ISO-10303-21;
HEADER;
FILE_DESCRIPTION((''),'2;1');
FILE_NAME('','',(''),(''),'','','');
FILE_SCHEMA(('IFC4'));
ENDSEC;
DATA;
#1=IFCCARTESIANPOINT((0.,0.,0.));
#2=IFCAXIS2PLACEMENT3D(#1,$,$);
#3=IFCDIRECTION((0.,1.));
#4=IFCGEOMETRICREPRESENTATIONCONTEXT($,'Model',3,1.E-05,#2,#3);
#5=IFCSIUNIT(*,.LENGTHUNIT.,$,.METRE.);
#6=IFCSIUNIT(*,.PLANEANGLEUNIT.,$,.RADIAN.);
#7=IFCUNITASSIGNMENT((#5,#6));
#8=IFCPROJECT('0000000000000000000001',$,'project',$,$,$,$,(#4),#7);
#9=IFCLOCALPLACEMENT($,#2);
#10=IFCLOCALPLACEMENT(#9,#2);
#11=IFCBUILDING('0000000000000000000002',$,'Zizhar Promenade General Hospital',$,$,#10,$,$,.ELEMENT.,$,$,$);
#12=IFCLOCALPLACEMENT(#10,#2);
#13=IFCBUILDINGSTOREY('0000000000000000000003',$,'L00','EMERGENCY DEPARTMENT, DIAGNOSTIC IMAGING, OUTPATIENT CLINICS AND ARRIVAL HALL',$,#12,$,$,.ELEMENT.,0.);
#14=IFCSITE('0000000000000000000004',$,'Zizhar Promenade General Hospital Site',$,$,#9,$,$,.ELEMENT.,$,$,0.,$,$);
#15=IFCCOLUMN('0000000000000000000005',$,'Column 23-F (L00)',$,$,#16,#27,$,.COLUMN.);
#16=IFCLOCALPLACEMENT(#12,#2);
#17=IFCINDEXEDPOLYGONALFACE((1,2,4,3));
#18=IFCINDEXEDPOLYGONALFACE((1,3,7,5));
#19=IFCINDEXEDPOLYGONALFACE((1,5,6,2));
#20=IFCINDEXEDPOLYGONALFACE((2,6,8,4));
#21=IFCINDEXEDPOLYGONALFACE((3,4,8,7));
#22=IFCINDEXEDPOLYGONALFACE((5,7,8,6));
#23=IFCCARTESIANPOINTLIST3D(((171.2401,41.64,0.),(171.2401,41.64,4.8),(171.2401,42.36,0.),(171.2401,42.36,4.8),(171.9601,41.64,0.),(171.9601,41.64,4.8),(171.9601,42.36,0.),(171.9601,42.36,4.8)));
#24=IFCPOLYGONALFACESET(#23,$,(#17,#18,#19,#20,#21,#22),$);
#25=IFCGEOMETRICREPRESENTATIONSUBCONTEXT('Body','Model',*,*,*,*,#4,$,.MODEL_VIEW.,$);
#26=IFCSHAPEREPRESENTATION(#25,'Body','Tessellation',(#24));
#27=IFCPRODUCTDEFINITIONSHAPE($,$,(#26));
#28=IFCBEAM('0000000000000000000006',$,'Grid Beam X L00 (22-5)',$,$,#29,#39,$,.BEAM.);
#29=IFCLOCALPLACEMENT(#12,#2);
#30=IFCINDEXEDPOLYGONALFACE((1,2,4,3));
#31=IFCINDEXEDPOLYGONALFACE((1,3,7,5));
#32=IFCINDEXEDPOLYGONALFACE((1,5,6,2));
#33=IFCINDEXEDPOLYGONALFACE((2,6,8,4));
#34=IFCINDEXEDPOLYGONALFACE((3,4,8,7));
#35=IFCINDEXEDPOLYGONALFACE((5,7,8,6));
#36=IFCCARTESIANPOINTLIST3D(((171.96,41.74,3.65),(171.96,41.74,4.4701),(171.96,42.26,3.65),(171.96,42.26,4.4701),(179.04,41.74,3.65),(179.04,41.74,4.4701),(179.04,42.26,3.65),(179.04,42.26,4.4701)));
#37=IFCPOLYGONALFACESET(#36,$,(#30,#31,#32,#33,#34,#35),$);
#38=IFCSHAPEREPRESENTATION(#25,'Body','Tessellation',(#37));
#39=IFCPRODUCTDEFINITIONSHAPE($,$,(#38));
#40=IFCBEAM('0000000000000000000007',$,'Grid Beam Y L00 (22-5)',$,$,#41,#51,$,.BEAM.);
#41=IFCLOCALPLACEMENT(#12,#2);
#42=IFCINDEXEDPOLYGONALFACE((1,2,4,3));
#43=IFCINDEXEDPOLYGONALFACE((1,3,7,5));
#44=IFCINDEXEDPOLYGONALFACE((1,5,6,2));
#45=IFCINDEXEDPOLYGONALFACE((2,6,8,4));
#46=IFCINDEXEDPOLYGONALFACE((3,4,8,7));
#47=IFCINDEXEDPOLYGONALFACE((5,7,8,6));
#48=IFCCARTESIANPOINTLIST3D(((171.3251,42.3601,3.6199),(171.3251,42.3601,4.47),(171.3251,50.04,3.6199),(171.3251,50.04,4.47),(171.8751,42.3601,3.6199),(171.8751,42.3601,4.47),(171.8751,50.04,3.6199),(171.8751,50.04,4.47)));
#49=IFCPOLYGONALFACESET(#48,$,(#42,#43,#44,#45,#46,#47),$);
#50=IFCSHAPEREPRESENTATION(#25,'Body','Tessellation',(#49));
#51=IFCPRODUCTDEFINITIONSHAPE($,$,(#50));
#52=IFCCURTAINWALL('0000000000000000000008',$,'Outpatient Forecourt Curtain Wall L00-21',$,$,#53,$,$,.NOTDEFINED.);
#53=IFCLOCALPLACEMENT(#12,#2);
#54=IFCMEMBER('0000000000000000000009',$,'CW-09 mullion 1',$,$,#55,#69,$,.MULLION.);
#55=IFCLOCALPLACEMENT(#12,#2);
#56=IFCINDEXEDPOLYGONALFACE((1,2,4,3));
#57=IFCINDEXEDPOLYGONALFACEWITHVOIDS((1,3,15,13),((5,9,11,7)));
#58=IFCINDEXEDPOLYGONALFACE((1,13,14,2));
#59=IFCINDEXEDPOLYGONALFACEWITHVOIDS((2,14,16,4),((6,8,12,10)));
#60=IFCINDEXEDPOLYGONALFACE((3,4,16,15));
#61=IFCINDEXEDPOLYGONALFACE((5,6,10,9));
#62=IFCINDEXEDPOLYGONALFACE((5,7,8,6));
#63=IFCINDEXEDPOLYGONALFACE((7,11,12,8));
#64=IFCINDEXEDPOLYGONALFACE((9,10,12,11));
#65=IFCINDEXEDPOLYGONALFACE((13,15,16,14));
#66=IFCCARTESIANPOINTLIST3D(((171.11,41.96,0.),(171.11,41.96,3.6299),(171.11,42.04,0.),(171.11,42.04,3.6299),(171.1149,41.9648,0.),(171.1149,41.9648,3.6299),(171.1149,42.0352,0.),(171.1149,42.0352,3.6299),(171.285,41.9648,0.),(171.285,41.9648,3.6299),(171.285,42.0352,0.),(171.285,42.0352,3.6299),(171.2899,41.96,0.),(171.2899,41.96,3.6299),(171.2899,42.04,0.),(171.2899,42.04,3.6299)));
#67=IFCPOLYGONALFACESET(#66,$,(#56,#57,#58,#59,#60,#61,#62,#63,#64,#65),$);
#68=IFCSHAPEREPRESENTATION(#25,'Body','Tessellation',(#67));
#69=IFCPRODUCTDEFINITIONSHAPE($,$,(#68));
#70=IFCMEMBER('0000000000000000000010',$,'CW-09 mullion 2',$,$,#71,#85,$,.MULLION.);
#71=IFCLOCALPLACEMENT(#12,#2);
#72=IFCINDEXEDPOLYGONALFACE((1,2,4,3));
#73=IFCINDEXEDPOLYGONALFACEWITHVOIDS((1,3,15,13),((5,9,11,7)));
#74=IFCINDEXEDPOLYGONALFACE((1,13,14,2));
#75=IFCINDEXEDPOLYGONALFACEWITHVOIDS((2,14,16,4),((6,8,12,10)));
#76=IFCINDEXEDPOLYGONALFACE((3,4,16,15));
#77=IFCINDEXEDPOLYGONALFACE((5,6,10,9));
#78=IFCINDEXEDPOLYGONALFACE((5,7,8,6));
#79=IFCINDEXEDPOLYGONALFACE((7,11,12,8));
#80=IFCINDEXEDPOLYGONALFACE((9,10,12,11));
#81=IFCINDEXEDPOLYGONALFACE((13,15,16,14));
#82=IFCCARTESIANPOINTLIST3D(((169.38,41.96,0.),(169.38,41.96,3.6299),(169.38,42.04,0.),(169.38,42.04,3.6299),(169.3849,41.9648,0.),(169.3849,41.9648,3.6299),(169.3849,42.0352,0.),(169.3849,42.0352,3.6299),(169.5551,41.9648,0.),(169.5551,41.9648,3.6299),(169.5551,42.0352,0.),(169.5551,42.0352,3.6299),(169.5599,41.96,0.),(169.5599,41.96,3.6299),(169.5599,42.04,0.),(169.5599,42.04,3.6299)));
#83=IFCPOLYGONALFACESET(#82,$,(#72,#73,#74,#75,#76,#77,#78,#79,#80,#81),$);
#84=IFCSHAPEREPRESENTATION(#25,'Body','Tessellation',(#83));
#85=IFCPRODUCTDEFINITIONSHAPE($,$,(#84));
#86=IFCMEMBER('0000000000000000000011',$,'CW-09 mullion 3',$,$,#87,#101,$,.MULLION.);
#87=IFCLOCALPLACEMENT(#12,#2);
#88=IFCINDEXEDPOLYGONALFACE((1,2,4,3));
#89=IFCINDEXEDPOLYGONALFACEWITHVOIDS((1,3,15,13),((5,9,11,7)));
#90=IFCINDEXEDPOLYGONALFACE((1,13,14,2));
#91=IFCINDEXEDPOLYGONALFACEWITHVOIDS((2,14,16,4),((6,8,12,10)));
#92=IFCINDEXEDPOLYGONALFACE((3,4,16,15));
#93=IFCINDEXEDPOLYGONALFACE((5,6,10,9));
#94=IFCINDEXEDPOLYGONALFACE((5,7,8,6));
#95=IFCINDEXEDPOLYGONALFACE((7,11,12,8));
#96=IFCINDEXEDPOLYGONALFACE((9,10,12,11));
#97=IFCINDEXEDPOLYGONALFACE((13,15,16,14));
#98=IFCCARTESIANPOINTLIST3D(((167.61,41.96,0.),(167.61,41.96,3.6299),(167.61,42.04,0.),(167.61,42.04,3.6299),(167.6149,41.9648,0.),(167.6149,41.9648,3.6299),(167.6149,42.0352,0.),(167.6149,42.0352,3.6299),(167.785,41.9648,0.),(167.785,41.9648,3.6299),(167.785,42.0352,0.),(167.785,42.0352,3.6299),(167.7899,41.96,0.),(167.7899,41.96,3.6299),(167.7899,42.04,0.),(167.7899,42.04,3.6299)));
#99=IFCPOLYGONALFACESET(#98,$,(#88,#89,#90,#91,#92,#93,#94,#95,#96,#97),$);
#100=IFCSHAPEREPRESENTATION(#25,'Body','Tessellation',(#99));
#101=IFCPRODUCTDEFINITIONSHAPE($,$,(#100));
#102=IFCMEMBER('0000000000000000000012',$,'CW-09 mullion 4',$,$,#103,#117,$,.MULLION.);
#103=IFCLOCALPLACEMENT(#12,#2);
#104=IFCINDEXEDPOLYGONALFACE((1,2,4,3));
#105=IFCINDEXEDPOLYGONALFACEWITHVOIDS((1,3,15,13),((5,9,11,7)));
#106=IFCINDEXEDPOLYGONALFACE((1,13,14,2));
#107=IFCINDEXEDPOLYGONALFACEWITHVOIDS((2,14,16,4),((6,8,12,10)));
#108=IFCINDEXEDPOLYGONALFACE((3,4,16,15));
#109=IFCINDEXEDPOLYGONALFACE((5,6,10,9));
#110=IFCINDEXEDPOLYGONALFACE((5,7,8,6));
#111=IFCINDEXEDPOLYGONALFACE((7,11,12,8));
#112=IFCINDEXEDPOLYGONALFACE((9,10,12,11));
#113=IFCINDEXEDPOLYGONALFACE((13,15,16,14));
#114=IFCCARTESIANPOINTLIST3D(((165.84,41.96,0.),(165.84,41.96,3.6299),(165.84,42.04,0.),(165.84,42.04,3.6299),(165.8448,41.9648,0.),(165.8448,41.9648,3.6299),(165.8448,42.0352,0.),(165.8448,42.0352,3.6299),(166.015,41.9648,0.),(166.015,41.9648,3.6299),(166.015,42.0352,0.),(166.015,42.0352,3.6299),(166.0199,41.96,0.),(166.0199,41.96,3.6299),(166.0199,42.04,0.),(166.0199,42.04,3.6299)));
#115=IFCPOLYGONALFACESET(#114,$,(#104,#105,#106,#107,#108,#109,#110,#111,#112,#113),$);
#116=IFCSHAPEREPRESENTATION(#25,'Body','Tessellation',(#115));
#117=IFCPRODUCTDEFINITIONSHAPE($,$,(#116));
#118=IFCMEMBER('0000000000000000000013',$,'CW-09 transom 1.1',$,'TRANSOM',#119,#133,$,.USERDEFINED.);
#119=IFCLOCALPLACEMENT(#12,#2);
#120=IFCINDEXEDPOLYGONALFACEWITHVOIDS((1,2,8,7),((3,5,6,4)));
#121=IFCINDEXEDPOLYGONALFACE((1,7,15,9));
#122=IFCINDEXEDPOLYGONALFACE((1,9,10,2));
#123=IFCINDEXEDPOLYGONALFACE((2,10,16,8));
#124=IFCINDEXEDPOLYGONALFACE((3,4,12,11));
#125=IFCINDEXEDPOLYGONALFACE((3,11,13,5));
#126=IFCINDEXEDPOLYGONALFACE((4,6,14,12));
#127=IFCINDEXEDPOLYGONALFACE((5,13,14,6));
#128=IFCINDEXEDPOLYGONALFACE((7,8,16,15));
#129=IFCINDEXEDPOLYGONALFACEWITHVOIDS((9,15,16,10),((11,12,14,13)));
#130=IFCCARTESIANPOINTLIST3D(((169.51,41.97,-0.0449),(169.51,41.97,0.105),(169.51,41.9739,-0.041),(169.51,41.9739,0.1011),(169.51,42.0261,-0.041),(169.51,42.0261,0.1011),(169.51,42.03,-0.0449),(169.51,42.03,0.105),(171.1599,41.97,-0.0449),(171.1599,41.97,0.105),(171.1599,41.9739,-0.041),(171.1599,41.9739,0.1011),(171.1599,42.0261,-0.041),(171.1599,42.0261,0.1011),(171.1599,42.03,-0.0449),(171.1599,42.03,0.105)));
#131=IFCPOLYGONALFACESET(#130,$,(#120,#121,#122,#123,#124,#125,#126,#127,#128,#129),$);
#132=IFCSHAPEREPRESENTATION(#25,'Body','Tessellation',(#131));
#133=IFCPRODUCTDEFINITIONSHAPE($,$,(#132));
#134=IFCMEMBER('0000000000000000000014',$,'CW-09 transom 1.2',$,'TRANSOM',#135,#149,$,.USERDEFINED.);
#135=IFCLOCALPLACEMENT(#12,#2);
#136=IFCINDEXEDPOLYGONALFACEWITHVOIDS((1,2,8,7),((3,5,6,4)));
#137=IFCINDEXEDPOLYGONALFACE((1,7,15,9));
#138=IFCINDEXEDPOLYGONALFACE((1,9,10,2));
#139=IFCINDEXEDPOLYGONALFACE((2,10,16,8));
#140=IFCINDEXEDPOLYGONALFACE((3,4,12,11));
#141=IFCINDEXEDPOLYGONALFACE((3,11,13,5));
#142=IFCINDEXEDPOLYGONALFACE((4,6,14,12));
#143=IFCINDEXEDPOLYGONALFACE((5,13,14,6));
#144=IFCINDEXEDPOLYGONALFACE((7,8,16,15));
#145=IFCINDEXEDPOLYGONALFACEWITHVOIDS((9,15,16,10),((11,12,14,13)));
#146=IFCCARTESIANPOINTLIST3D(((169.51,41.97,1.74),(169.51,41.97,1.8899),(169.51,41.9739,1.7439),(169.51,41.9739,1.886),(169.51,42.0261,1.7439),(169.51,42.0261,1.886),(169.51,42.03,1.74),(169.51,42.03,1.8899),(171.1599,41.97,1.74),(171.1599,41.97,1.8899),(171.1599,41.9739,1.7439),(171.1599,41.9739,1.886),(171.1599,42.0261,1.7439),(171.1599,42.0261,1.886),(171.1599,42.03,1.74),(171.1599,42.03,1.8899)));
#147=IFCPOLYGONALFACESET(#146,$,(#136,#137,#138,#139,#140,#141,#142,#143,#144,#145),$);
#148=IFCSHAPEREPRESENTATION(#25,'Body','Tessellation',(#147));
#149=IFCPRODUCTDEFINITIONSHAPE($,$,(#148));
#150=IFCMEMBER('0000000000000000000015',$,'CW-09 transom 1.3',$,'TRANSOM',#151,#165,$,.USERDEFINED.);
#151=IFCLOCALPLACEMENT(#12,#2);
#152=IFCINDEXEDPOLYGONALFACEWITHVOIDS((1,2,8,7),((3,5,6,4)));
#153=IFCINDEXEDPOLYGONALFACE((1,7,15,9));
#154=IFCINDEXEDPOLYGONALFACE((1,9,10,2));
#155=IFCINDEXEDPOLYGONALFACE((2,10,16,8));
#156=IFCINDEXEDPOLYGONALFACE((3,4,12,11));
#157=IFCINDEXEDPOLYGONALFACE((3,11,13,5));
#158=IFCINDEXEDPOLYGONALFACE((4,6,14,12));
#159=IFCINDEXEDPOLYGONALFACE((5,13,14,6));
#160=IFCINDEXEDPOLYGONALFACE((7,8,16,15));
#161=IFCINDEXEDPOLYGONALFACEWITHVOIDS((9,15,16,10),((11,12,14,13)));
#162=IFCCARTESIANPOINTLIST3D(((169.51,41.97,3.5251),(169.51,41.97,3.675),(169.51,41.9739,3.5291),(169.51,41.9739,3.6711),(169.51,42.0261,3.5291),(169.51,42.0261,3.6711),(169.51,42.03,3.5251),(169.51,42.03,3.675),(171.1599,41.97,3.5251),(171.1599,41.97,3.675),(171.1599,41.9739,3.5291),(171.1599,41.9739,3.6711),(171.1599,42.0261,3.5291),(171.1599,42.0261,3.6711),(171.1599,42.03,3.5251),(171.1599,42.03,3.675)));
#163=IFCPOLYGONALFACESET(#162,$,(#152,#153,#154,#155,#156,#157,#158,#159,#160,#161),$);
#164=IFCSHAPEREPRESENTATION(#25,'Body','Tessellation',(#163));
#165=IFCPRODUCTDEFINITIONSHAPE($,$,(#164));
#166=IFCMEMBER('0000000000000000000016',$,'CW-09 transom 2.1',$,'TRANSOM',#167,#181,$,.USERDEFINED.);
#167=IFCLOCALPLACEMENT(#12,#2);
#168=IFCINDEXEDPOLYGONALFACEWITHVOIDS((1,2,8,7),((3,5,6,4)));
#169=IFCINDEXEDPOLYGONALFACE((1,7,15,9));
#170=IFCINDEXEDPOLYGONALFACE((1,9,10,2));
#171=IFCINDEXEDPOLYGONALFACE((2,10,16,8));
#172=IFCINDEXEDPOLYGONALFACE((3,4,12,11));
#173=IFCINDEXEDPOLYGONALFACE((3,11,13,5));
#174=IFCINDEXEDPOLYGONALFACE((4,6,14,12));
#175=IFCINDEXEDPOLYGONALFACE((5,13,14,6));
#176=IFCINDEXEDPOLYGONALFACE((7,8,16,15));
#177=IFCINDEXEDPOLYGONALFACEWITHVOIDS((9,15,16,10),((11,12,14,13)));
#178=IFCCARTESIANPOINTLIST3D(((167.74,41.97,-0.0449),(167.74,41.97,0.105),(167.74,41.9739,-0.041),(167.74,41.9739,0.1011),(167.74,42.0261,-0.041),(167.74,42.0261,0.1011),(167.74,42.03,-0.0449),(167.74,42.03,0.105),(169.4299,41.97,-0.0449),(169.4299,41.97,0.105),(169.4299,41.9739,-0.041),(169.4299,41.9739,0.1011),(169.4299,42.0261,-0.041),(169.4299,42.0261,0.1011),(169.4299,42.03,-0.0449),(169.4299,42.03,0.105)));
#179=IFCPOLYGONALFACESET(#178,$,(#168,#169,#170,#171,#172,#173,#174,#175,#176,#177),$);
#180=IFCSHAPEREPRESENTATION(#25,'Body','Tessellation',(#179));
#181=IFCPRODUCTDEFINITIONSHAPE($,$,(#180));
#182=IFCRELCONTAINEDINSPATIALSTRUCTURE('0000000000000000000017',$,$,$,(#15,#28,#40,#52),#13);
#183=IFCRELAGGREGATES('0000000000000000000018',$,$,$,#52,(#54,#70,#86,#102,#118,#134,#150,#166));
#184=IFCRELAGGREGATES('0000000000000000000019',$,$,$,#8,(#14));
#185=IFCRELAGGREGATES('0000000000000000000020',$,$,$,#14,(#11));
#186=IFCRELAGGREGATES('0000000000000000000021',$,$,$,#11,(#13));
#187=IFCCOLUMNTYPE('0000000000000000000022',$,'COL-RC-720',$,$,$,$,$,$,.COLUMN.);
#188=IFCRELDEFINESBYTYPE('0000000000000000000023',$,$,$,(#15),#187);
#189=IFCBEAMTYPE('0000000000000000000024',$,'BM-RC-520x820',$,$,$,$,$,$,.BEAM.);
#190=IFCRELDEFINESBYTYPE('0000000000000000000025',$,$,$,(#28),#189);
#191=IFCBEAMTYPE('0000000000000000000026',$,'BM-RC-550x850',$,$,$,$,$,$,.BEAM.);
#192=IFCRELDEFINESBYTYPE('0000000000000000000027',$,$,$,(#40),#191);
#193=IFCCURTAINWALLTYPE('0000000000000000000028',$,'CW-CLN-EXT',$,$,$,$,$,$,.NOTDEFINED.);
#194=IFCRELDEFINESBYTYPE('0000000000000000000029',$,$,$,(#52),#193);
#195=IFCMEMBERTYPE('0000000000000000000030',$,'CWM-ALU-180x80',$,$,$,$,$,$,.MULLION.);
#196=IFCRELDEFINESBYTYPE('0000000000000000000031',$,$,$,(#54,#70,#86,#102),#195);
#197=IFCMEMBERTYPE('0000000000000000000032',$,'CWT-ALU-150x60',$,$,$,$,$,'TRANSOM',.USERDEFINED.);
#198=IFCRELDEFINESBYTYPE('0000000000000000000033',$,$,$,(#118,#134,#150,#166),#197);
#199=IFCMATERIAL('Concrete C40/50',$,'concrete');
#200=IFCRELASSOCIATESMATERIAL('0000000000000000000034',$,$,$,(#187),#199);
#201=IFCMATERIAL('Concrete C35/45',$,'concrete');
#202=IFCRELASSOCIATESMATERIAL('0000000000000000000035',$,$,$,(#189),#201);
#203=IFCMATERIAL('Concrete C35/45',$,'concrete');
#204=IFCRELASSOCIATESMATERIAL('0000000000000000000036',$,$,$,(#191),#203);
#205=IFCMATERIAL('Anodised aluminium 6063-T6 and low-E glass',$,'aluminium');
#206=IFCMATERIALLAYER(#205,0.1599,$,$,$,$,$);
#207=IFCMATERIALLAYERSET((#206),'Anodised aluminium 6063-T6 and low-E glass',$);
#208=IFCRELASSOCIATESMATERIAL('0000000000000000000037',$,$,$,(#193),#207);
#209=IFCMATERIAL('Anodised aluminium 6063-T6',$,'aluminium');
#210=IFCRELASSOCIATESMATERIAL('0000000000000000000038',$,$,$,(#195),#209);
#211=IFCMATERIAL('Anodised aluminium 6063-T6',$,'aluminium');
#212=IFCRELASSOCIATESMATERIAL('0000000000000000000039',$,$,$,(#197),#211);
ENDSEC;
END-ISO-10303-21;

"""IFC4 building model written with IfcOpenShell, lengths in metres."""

from ifc_helpers import new_model, si_unit, direction, frame, origin, origin_2d, place, context, subcontext, project, spatial, rectangle, hollow_rectangle, extrude, material, layer, layer_set, material_profile, profile_set, type_object, element, aggregate, save


model = new_model("IFC4")

# Units and contexts
model_context = context("Model", 3, precision=1e-05, world=origin(), true_north=direction((0.0, 1.0)))
body_context = subcontext(model_context, "Body", "Model", "MODEL_VIEW")
ifc_project = project(units=[si_unit("LENGTHUNIT", "METRE"), si_unit("PLANEANGLEUNIT", "RADIAN")], contexts=[model_context])

# Site, building, storey
site_placement = place(None, origin())
site = spatial("IfcSite", under=ifc_project, at=site_placement, Name="Zizhar Promenade General Hospital Site", CompositionType="ELEMENT", RefElevation=0.0)
building_placement = place(site_placement, origin())
building = spatial("IfcBuilding", under=site, at=building_placement, Name="Zizhar Promenade General Hospital", CompositionType="ELEMENT")
storey_placement = place(building_placement, origin())
storey = spatial("IfcBuildingStorey", under=building, at=storey_placement, Name="L00", Description="EMERGENCY DEPARTMENT, DIAGNOSTIC IMAGING, OUTPATIENT CLINICS AND ARRIVAL HALL", CompositionType="ELEMENT", Elevation=0.0)

# Column
ifc_material_1 = material(Name="Concrete C40/50", Category="concrete")
ifc_material_profile_1 = material_profile(ifc_material_1, rectangle(XDim=0.72, YDim=0.72, at=origin_2d()))
ifc_profile_set_1 = profile_set([ifc_material_profile_1], Name="Concrete C40/50")
column_type = type_object("IfcColumnType", Name="COL-RC-720", PredefinedType="COLUMN", material=ifc_profile_set_1)
column_placement = place(storey_placement, frame((171.6001, 42.0, 0.0), z_axis=(0.0, 0.0, 1.0), x_axis=(1.0, 0.0, 0.0)))
element("IfcColumn", 1, at=column_placement, inside=storey, type_object=column_type, Name="Column 23-F (L00)", PredefinedType="COLUMN", context=body_context, shape_type="SweptSolid", body=[
    extrude(rectangle(XDim=0.72, YDim=0.72, at=origin_2d()), origin(), (0.0, 0.0, 1.0), 4.8),
])

# Beams
ifc_material_2 = material(Name="Concrete C35/45", Category="concrete")
ifc_material_profile_2 = material_profile(ifc_material_2, rectangle(XDim=0.52, YDim=0.8201, at=origin_2d()))
ifc_profile_set_2 = profile_set([ifc_material_profile_2], Name="Concrete C35/45")
beam_type_1 = type_object("IfcBeamType", Name="BM-RC-520x820", PredefinedType="BEAM", material=ifc_profile_set_2)
beam_1_placement = place(storey_placement, frame((171.96, 42.0, 4.0601), z_axis=(1.0, 0.0, 0.0), x_axis=(0.0, 1.0, 0.0)))
element("IfcBeam", 2, at=beam_1_placement, inside=storey, type_object=beam_type_1, Name="Grid Beam X L00 (22-5)", PredefinedType="BEAM", context=body_context, shape_type="SweptSolid", body=[
    extrude(rectangle(XDim=0.52, YDim=0.8201, at=origin_2d()), origin(), (0.0, 0.0, 1.0), 7.0801),
])
ifc_material_3 = material(Name="Concrete C35/45", Category="concrete")
ifc_material_profile_3 = material_profile(ifc_material_3, rectangle(XDim=0.55, YDim=0.8501, at=origin_2d()))
ifc_profile_set_3 = profile_set([ifc_material_profile_3], Name="Concrete C35/45")
beam_type_2 = type_object("IfcBeamType", Name="BM-RC-550x850", PredefinedType="BEAM", material=ifc_profile_set_3)
beam_2_placement = place(storey_placement, frame((171.6001, 42.3601, 4.0449), z_axis=(0.0, 1.0, 0.0), x_axis=(-1.0, 0.0, 0.0)))
element("IfcBeam", 3, at=beam_2_placement, inside=storey, type_object=beam_type_2, Name="Grid Beam Y L00 (22-5)", PredefinedType="BEAM", context=body_context, shape_type="SweptSolid", body=[
    extrude(rectangle(XDim=0.55, YDim=0.8501, at=origin_2d()), origin(), (0.0, 0.0, 1.0), 7.6799),
])

# Curtain wall, members
ifc_material_4 = material(Name="Anodised aluminium 6063-T6 and low-E glass", Category="aluminium")
ifc_layer_1 = layer(ifc_material_4, 0.1599)
ifc_layer_set_1 = layer_set([ifc_layer_1], Name="Anodised aluminium 6063-T6 and low-E glass")
curtain_wall_type = type_object("IfcCurtainWallType", Name="CW-CLN-EXT", PredefinedType="NOTDEFINED", material=ifc_layer_set_1)
curtain_wall_placement = place(storey_placement, origin())
curtain_wall = element("IfcCurtainWall", 4, at=curtain_wall_placement, inside=storey, type_object=curtain_wall_type, Name="Outpatient Forecourt Curtain Wall L00-21", PredefinedType="NOTDEFINED")
ifc_material_5 = material(Name="Anodised aluminium 6063-T6", Category="aluminium")
ifc_material_profile_4 = material_profile(ifc_material_5, hollow_rectangle(XDim=0.0801, YDim=0.1799, WallThickness=0.0049, at=origin_2d()))
ifc_profile_set_4 = profile_set([ifc_material_profile_4], Name="Anodised aluminium 6063-T6")
member_type_1 = type_object("IfcMemberType", Name="CWM-ALU-180x80", PredefinedType="MULLION", material=ifc_profile_set_4)
member_1_placement = place(storey_placement, frame((171.2, 42.0, 0.0), z_axis=(0.0, 0.0, 1.0), x_axis=(0.0, -1.0, 0.0)))
member_1 = element("IfcMember", 5, at=member_1_placement, type_object=member_type_1, Name="CW-09 mullion 1", PredefinedType="MULLION", context=body_context, shape_type="SweptSolid", body=[
    extrude(hollow_rectangle(XDim=0.0801, YDim=0.1799, WallThickness=0.0049, at=origin_2d()), origin(), (0.0, 0.0, 1.0), 3.6299),
])
member_2_placement = place(storey_placement, frame((169.47, 42.0, 0.0), z_axis=(0.0, 0.0, 1.0), x_axis=(0.0, -1.0, 0.0)))
member_2 = element("IfcMember", 6, at=member_2_placement, type_object=member_type_1, Name="CW-09 mullion 2", PredefinedType="MULLION", context=body_context, shape_type="SweptSolid", body=[
    extrude(hollow_rectangle(XDim=0.0801, YDim=0.1799, WallThickness=0.0049, at=origin_2d()), origin(), (0.0, 0.0, 1.0), 3.6299),
])
member_3_placement = place(storey_placement, frame((167.7, 42.0, 0.0), z_axis=(0.0, 0.0, 1.0), x_axis=(0.0, -1.0, 0.0)))
member_3 = element("IfcMember", 7, at=member_3_placement, type_object=member_type_1, Name="CW-09 mullion 3", PredefinedType="MULLION", context=body_context, shape_type="SweptSolid", body=[
    extrude(hollow_rectangle(XDim=0.0801, YDim=0.1799, WallThickness=0.0049, at=origin_2d()), origin(), (0.0, 0.0, 1.0), 3.6299),
])
member_4_placement = place(storey_placement, frame((165.9299, 42.0, 0.0), z_axis=(0.0, 0.0, 1.0), x_axis=(0.0, -1.0, 0.0)))
member_4 = element("IfcMember", 8, at=member_4_placement, type_object=member_type_1, Name="CW-09 mullion 4", PredefinedType="MULLION", context=body_context, shape_type="SweptSolid", body=[
    extrude(hollow_rectangle(XDim=0.0801, YDim=0.1799, WallThickness=0.0049, at=origin_2d()), origin(), (0.0, 0.0, 1.0), 3.6299),
])
ifc_material_6 = material(Name="Anodised aluminium 6063-T6", Category="aluminium")
ifc_material_profile_5 = material_profile(ifc_material_6, hollow_rectangle(XDim=0.0601, YDim=0.1499, WallThickness=0.0039, at=origin_2d()))
ifc_profile_set_5 = profile_set([ifc_material_profile_5], Name="Anodised aluminium 6063-T6")
member_type_2 = type_object("IfcMemberType", Name="CWT-ALU-150x60", ElementType="TRANSOM", PredefinedType="USERDEFINED", material=ifc_profile_set_5)
member_5_placement = place(storey_placement, frame((171.1599, 42.0, 0.03), z_axis=(-1.0, 0.0, 0.0), x_axis=(0.0, -1.0, 0.0)))
member_5 = element("IfcMember", 9, at=member_5_placement, type_object=member_type_2, Name="CW-09 transom 1.1", ObjectType="TRANSOM", PredefinedType="USERDEFINED", context=body_context, shape_type="SweptSolid", body=[
    extrude(hollow_rectangle(XDim=0.0601, YDim=0.1499, WallThickness=0.0039, at=origin_2d()), origin(), (0.0, 0.0, 1.0), 1.6499),
])
member_6_placement = place(storey_placement, frame((171.1599, 42.0, 1.8149), z_axis=(-1.0, 0.0, 0.0), x_axis=(0.0, -1.0, 0.0)))
member_6 = element("IfcMember", 10, at=member_6_placement, type_object=member_type_2, Name="CW-09 transom 1.2", ObjectType="TRANSOM", PredefinedType="USERDEFINED", context=body_context, shape_type="SweptSolid", body=[
    extrude(hollow_rectangle(XDim=0.0601, YDim=0.1499, WallThickness=0.0039, at=origin_2d()), origin(), (0.0, 0.0, 1.0), 1.6499),
])
member_7_placement = place(storey_placement, frame((171.1599, 42.0, 3.6001), z_axis=(-1.0, 0.0, 0.0), x_axis=(0.0, -1.0, 0.0)))
member_7 = element("IfcMember", 11, at=member_7_placement, type_object=member_type_2, Name="CW-09 transom 1.3", ObjectType="TRANSOM", PredefinedType="USERDEFINED", context=body_context, shape_type="SweptSolid", body=[
    extrude(hollow_rectangle(XDim=0.0601, YDim=0.1499, WallThickness=0.0039, at=origin_2d()), origin(), (0.0, 0.0, 1.0), 1.6499),
])
member_8_placement = place(storey_placement, frame((169.4299, 42.0, 0.03), z_axis=(-1.0, 0.0, 0.0), x_axis=(0.0, -1.0, 0.0)))
member_8 = element("IfcMember", 12, at=member_8_placement, type_object=member_type_2, Name="CW-09 transom 2.1", ObjectType="TRANSOM", PredefinedType="USERDEFINED", context=body_context, shape_type="SweptSolid", body=[
    extrude(hollow_rectangle(XDim=0.0601, YDim=0.1499, WallThickness=0.0039, at=origin_2d()), origin(), (0.0, 0.0, 1.0), 1.6899),
])
aggregate(curtain_wall, [member_1, member_2, member_3, member_4, member_5, member_6, member_7, member_8])

save(model, "model.ifc")
